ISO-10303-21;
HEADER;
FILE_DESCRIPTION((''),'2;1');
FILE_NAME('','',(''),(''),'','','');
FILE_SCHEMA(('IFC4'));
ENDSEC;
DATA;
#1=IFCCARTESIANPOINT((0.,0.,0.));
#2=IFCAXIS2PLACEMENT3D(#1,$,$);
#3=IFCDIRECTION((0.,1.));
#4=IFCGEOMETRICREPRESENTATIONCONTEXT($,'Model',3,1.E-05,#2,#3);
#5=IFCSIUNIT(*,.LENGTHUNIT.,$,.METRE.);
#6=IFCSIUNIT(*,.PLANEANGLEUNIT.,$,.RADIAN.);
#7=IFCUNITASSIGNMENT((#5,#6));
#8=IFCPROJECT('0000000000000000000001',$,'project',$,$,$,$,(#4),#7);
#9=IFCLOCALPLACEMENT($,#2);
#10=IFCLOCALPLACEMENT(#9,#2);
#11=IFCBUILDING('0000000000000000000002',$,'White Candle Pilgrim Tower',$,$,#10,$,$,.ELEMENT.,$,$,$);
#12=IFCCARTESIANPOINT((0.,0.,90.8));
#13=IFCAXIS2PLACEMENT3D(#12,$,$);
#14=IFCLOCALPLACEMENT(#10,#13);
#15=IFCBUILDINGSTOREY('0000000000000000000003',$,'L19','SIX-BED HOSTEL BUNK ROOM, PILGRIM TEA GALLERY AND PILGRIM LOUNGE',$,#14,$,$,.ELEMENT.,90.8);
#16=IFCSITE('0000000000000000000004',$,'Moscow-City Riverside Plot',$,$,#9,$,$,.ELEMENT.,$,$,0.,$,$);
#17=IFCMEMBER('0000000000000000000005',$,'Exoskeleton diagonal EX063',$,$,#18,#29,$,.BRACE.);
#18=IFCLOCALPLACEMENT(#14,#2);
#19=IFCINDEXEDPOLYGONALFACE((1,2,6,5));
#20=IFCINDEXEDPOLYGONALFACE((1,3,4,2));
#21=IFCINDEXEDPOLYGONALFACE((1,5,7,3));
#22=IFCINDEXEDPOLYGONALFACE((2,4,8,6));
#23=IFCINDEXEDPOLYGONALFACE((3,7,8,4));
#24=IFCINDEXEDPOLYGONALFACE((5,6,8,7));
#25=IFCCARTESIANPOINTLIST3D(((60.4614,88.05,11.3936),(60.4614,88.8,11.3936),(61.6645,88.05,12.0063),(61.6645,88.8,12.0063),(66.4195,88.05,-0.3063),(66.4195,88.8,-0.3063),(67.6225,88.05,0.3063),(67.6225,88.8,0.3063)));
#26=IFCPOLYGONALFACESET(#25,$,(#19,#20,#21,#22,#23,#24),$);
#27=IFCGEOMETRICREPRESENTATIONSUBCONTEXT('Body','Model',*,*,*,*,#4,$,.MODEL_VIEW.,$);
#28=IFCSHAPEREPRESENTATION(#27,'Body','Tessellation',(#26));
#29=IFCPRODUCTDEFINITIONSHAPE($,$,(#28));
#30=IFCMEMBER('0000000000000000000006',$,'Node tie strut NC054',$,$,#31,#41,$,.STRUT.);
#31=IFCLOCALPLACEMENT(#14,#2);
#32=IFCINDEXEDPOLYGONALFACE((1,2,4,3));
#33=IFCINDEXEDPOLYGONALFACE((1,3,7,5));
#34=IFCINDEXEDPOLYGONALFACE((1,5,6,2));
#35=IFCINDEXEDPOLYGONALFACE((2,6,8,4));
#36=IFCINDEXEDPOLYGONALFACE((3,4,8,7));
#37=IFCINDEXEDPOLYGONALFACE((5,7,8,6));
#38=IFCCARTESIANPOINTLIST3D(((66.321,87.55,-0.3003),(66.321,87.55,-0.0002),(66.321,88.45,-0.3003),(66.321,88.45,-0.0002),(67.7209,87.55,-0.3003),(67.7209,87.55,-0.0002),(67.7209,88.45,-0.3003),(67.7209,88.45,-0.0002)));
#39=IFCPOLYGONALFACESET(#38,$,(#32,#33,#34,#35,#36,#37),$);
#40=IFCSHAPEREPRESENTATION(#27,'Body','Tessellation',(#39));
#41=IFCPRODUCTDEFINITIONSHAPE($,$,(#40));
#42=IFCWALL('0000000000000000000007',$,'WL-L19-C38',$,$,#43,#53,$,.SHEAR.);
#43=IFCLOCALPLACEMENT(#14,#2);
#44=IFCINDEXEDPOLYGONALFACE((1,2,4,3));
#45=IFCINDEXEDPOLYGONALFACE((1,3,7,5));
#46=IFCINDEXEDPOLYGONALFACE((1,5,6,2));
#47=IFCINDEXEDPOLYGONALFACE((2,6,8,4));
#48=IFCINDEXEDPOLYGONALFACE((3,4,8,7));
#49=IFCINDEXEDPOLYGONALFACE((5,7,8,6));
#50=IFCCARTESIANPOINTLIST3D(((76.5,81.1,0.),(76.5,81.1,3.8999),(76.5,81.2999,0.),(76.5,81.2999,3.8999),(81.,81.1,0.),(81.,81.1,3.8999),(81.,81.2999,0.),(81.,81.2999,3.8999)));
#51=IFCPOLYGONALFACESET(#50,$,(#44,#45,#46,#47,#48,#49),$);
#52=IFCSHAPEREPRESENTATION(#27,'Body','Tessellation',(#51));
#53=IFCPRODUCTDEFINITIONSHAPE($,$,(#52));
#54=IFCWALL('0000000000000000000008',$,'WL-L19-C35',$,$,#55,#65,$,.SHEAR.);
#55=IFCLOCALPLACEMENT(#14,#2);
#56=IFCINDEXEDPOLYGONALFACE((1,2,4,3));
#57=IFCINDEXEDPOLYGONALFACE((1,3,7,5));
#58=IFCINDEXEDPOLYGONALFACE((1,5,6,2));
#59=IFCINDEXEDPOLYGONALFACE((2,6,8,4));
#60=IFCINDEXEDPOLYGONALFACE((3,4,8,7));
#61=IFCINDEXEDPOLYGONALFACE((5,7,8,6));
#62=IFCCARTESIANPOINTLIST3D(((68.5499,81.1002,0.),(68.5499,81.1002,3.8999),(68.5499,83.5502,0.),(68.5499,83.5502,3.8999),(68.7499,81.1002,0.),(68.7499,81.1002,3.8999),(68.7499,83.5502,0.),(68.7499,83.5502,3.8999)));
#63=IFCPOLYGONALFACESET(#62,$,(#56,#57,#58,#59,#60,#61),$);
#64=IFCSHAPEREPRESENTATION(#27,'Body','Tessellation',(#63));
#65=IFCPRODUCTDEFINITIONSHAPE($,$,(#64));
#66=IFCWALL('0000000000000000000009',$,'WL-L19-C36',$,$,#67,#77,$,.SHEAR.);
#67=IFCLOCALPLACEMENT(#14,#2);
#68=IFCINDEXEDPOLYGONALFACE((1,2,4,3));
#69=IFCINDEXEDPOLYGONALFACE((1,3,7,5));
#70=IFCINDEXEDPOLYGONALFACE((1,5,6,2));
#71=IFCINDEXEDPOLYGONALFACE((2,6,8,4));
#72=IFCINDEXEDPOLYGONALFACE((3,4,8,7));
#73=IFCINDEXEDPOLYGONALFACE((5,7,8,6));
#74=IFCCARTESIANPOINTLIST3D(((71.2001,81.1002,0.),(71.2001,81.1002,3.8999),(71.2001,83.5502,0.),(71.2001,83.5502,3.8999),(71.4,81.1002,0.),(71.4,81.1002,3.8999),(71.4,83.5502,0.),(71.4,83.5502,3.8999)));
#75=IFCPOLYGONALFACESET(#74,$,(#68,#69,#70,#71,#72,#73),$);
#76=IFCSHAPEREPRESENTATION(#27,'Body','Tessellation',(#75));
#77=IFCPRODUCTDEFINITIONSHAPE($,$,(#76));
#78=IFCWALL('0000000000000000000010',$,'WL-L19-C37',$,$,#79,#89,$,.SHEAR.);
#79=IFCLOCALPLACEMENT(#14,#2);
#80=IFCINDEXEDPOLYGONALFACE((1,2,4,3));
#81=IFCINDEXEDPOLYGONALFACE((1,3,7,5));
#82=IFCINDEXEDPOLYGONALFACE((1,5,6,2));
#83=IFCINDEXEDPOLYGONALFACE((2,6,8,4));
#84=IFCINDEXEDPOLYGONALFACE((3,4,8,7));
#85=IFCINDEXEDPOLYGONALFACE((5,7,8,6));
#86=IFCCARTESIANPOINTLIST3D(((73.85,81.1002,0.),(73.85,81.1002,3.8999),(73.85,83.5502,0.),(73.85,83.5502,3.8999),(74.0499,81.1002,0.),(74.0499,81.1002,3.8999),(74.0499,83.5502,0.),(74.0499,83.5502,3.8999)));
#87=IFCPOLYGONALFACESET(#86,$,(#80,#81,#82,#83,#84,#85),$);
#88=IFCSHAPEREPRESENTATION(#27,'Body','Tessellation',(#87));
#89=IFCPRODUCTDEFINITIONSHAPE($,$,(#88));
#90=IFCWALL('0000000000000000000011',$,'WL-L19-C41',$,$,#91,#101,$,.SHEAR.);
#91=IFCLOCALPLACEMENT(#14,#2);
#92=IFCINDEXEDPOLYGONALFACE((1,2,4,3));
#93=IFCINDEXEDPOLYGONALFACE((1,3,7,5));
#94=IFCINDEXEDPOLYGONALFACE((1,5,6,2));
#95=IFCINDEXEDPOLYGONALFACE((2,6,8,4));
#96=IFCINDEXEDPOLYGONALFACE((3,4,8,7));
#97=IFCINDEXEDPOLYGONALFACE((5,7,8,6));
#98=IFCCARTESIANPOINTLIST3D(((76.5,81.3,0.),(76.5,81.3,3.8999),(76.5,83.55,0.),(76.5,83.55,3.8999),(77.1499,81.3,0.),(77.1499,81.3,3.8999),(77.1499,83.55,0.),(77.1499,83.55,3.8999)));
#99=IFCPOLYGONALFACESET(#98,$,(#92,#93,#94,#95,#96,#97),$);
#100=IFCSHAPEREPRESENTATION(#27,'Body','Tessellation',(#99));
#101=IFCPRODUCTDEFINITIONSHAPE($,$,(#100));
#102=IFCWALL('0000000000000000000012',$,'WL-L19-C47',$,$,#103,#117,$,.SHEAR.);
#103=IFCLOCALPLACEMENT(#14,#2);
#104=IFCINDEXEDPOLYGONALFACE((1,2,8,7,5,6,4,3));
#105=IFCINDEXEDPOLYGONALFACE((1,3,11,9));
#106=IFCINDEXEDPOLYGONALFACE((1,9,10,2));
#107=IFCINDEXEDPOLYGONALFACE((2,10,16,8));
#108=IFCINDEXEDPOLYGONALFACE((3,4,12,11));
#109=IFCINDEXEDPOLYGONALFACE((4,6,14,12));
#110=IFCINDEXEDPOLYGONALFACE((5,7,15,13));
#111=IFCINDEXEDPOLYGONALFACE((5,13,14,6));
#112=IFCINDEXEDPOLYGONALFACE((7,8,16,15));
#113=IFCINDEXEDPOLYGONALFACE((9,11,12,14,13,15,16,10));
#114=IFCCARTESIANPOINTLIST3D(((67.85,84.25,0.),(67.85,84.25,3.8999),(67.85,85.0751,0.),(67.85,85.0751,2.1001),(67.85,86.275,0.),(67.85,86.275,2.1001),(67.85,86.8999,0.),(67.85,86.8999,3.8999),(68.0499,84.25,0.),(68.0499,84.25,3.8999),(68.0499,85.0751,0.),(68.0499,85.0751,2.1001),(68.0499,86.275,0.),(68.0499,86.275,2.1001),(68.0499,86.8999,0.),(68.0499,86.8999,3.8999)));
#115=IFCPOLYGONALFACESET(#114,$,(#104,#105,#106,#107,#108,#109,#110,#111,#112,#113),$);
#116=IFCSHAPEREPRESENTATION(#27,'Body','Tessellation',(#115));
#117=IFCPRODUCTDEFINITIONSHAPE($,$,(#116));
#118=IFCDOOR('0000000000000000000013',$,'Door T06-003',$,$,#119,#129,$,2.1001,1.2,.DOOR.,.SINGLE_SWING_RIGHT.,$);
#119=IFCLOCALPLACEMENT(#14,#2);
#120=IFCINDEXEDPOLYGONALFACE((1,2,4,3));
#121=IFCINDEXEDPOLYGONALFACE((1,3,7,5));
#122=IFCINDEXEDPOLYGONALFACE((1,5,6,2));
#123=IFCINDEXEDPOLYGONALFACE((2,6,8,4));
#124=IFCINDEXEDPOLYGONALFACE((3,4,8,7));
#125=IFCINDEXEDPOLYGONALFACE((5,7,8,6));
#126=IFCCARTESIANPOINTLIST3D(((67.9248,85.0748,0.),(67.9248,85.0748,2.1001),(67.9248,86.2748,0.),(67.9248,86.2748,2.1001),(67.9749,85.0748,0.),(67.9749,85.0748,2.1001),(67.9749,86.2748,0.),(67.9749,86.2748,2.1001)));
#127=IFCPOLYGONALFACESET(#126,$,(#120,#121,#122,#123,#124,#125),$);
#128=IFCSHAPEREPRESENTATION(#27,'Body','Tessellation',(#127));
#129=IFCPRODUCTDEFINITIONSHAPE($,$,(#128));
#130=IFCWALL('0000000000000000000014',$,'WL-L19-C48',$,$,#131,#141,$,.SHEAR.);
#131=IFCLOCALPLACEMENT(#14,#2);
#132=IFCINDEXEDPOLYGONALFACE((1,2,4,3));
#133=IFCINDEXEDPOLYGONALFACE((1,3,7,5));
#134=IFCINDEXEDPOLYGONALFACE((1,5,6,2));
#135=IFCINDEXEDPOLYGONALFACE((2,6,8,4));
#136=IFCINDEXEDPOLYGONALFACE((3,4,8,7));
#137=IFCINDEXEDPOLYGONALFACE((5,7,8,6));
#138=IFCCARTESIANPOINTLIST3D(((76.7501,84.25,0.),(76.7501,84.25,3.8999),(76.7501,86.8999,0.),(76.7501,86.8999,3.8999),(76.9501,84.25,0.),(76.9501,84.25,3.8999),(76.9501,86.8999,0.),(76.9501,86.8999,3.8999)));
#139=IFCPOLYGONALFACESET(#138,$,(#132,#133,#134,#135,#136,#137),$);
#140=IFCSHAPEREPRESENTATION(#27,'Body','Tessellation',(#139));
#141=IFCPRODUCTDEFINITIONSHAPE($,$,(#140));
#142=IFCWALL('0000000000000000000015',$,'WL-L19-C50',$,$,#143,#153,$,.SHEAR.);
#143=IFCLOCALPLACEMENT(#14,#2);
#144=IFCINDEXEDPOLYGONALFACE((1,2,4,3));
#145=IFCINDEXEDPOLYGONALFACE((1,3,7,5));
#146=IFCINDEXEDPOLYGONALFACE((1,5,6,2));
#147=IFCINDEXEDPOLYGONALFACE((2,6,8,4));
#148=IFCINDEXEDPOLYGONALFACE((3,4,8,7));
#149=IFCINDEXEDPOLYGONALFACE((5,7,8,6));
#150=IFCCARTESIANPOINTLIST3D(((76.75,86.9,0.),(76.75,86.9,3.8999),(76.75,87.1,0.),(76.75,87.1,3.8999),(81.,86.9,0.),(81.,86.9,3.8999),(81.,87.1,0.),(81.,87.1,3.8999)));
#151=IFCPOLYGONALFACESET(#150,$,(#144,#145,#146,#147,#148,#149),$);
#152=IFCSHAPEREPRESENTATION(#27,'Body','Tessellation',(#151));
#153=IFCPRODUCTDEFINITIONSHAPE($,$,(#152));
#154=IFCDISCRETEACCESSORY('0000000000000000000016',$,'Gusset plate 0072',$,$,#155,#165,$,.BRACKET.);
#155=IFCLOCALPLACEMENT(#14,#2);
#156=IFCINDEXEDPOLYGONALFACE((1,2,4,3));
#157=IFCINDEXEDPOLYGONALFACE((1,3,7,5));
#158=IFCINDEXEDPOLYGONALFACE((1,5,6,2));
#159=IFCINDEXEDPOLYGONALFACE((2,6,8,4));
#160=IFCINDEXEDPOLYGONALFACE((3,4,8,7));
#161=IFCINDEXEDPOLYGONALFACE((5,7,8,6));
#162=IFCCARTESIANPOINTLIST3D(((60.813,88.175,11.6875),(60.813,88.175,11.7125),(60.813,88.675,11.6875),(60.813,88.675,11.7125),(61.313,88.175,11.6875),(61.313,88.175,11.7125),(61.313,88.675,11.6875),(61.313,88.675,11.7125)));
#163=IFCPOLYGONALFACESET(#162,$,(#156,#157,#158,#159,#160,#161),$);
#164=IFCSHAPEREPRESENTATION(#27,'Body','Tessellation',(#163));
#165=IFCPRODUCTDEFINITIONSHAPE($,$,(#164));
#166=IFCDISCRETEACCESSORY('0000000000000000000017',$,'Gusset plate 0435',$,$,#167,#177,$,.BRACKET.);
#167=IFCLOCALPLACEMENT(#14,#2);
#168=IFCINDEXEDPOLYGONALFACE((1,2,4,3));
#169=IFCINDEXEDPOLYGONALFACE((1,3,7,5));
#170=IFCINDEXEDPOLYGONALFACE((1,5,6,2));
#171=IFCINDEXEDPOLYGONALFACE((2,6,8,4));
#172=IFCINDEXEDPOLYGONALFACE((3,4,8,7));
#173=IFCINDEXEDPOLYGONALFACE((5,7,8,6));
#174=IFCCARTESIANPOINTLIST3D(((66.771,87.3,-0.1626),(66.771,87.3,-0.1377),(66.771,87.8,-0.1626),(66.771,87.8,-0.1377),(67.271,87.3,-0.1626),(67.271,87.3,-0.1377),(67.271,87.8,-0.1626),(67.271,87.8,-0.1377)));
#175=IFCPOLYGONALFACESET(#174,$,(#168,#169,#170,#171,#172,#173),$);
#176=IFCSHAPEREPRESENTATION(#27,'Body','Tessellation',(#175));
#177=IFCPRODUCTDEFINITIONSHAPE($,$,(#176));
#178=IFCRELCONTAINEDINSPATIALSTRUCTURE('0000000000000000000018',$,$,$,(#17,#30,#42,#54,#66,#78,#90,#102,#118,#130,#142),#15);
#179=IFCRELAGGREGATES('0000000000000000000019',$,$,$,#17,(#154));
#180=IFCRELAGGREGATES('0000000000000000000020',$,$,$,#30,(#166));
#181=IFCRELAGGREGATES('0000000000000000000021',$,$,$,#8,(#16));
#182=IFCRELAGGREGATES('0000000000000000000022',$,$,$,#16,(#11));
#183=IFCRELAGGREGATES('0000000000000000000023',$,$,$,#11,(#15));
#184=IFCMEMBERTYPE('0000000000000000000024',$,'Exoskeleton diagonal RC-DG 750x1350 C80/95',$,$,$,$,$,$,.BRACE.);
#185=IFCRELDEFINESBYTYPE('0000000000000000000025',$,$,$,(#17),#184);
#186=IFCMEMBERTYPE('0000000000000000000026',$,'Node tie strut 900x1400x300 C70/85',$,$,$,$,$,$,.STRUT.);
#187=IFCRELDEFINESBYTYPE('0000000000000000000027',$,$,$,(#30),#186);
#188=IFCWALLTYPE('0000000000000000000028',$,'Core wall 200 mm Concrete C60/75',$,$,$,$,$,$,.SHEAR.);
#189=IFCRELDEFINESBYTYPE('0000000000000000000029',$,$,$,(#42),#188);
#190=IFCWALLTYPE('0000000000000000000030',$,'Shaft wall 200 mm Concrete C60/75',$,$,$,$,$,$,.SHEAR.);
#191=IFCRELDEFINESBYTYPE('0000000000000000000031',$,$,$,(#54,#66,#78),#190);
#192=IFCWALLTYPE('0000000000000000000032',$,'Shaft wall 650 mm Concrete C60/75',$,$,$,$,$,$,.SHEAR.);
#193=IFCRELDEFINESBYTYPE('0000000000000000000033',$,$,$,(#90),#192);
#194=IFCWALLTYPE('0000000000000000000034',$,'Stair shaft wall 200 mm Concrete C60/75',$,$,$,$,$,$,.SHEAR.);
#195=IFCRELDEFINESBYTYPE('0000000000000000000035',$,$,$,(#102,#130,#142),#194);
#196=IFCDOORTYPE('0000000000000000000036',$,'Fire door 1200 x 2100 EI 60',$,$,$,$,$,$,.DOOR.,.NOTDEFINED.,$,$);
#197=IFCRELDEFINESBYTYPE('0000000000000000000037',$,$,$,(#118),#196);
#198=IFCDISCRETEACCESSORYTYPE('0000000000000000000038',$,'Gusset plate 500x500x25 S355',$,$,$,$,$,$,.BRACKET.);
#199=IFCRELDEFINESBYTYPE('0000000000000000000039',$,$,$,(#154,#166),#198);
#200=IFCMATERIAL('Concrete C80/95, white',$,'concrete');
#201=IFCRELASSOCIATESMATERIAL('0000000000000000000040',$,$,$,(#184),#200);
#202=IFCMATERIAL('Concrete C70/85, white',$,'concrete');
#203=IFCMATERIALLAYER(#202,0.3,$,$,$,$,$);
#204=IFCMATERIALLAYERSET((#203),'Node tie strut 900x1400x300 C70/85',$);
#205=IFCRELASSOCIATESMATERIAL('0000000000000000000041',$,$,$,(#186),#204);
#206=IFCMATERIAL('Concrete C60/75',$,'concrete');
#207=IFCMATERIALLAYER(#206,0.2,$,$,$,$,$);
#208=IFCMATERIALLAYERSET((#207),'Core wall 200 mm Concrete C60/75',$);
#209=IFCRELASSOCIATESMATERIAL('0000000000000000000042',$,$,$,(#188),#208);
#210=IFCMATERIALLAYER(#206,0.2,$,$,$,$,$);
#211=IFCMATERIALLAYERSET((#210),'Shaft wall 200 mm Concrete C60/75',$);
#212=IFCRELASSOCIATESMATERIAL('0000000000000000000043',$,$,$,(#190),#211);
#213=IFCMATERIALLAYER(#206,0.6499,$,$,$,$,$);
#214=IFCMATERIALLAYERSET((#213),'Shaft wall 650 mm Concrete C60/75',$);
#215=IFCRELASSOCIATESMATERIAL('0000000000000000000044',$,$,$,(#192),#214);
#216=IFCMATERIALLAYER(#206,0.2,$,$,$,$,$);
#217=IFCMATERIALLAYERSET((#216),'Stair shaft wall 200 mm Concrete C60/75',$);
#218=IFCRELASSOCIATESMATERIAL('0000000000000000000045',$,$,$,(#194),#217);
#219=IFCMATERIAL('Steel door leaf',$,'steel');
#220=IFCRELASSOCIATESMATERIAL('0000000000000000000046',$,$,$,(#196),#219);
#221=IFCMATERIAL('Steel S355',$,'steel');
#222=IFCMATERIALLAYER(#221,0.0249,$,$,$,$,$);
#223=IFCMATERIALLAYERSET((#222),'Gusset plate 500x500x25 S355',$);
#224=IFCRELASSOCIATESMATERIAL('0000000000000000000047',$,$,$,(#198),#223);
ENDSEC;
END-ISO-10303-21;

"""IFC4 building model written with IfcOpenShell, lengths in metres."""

from ifc_helpers import new_model, si_unit, direction, frame, frame_2d, origin, origin_2d, place, context, subcontext, project, spatial, rectangle, extrude, material, layer, layer_set, material_profile, profile_set, type_object, element, fill, aggregate, save


model = new_model("IFC4")

# Units and contexts
model_context = context("Model", 3, precision=1e-05, world=origin(), true_north=direction((0.0, 1.0)))
body_context = subcontext(model_context, "Body", "Model", "MODEL_VIEW")
ifc_project = project(units=[si_unit("LENGTHUNIT", "METRE"), si_unit("PLANEANGLEUNIT", "RADIAN")], contexts=[model_context])

# Site, building, storey
site_placement = place(None, origin())
site = spatial("IfcSite", under=ifc_project, at=site_placement, Name="Moscow-City Riverside Plot", CompositionType="ELEMENT", RefElevation=0.0)
building_placement = place(site_placement, origin())
building = spatial("IfcBuilding", under=site, at=building_placement, Name="White Candle Pilgrim Tower", CompositionType="ELEMENT")
storey_placement = place(building_placement, frame((0.0, 0.0, 90.8)))
storey = spatial("IfcBuildingStorey", under=building, at=storey_placement, Name="L19", Description="SIX-BED HOSTEL BUNK ROOM, PILGRIM TEA GALLERY AND PILGRIM LOUNGE", CompositionType="ELEMENT", Elevation=90.8)

# Members
ifc_material_1 = material(Name="Concrete C80/95, white", Category="concrete")
ifc_material_profile = material_profile(ifc_material_1, rectangle(XDim=0.75, YDim=1.3501, at=origin_2d()), Name="RC-DG 750x1350")
ifc_profile_set = profile_set([ifc_material_profile], Name="Concrete C80/95, white")
member_type_1 = type_object("IfcMemberType", Name="Exoskeleton diagonal RC-DG 750x1350 C80/95", PredefinedType="BRACE", material=ifc_profile_set)
member_1_placement = place(storey_placement, frame((67.021, 88.425, 0.0), z_axis=(-0.453784, 0.0, 0.891112), x_axis=(0.0, -1.0, 0.0)))
member_1 = element("IfcMember", 1, at=member_1_placement, inside=storey, type_object=member_type_1, Name="Exoskeleton diagonal EX063", PredefinedType="BRACE", context=body_context, shape_type="SweptSolid", body=[
    extrude(rectangle(XDim=0.75, YDim=1.3501, at=origin_2d()), origin(), (0.0, 0.0, 1.0), 13.1296),
])
ifc_material_2 = material(Name="Concrete C70/85, white", Category="concrete")
ifc_layer_1 = layer(ifc_material_2, 0.3)
ifc_layer_set_1 = layer_set([ifc_layer_1], Name="Node tie strut 900x1400x300 C70/85")
member_type_2 = type_object("IfcMemberType", Name="Node tie strut 900x1400x300 C70/85", PredefinedType="STRUT", material=ifc_layer_set_1)
member_2_placement = place(storey_placement, frame((67.021, 88.0, -0.3003), z_axis=(0.0, 0.0, 1.0), x_axis=(-1.0, 0.0, 0.0)))
member_2 = element("IfcMember", 2, at=member_2_placement, inside=storey, type_object=member_type_2, Name="Node tie strut NC054", PredefinedType="STRUT", context=body_context, shape_type="SweptSolid", body=[
    extrude(rectangle(XDim=1.3999, YDim=0.8999, at=origin_2d()), origin(), (0.0, 0.0, 1.0), 0.3),
])

# Walls
ifc_material_3 = material(Name="Concrete C60/75", Category="concrete")
ifc_layer_2 = layer(ifc_material_3, 0.2)
ifc_layer_set_2 = layer_set([ifc_layer_2], Name="Core wall 200 mm Concrete C60/75")
wall_type_1 = type_object("IfcWallType", Name="Core wall 200 mm Concrete C60/75", PredefinedType="SHEAR", material=ifc_layer_set_2)
wall_1_placement = place(storey_placement, frame((76.5, 81.2, 0.0), z_axis=(0.0, 0.0, 1.0), x_axis=(1.0, 0.0, 0.0)))
element("IfcWall", 3, at=wall_1_placement, inside=storey, type_object=wall_type_1, Name="WL-L19-C38", PredefinedType="SHEAR", context=body_context, shape_type="SweptSolid", body=[
    extrude(rectangle(XDim=4.5, YDim=0.2, at=frame_2d((2.25, 0.0))), origin(), (0.0, 0.0, 1.0), 3.8999),
])
ifc_layer_3 = layer(ifc_material_3, 0.2)
ifc_layer_set_3 = layer_set([ifc_layer_3], Name="Shaft wall 200 mm Concrete C60/75")
wall_type_2 = type_object("IfcWallType", Name="Shaft wall 200 mm Concrete C60/75", PredefinedType="SHEAR", material=ifc_layer_set_3)
for number, where, z_axis, x_axis, name in (
    (4, (68.6499, 81.1001, 0.0), (0.0, 0.0, 1.0), (0.0, 1.0, 0.0), "WL-L19-C35"),
    (5, (71.3, 81.1001, 0.0), (0.0, 0.0, 1.0), (0.0, 1.0, 0.0), "WL-L19-C36"),
    (6, (73.95, 81.1001, 0.0), (0.0, 0.0, 1.0), (0.0, 1.0, 0.0), "WL-L19-C37"),
):
    element("IfcWall", number, at=place(storey_placement, frame(where, z_axis=z_axis, x_axis=x_axis)), inside=storey, type_object=wall_type_2, Name=name, PredefinedType="SHEAR", context=body_context, shape_type="SweptSolid", body=[
        extrude(rectangle(XDim=2.45, YDim=0.2, at=frame_2d((1.2251, 0.0))), origin(), (0.0, 0.0, 1.0), 3.8999),
    ])
ifc_layer_4 = layer(ifc_material_3, 0.6499)
ifc_layer_set_4 = layer_set([ifc_layer_4], Name="Shaft wall 650 mm Concrete C60/75")
wall_type_3 = type_object("IfcWallType", Name="Shaft wall 650 mm Concrete C60/75", PredefinedType="SHEAR", material=ifc_layer_set_4)
wall_2_placement = place(storey_placement, frame((76.825, 81.3, 0.0), z_axis=(0.0, 0.0, 1.0), x_axis=(0.0, 1.0, 0.0)))
element("IfcWall", 7, at=wall_2_placement, inside=storey, type_object=wall_type_3, Name="WL-L19-C41", PredefinedType="SHEAR", context=body_context, shape_type="SweptSolid", body=[
    extrude(rectangle(XDim=2.25, YDim=0.6499, at=frame_2d((1.125, 0.0))), origin(), (0.0, 0.0, 1.0), 3.8999),
])

# Wall, opening, door
ifc_layer_5 = layer(ifc_material_3, 0.2)
ifc_layer_set_5 = layer_set([ifc_layer_5], Name="Stair shaft wall 200 mm Concrete C60/75")
wall_type_4 = type_object("IfcWallType", Name="Stair shaft wall 200 mm Concrete C60/75", PredefinedType="SHEAR", material=ifc_layer_set_5)
wall_3_placement = place(storey_placement, frame((67.95, 84.25, 0.0), z_axis=(0.0, 0.0, 1.0), x_axis=(0.0, 1.0, 0.0)))
wall_3 = element("IfcWall", 8, at=wall_3_placement, inside=storey, type_object=wall_type_4, Name="WL-L19-C47", PredefinedType="SHEAR", context=body_context, shape_type="SweptSolid", body=[
    extrude(rectangle(XDim=2.6499, YDim=0.2, at=frame_2d((1.325, 0.0))), origin(), (0.0, 0.0, 1.0), 3.8999),
])
opening_placement = place(wall_3_placement, frame((0.825, 0.0, 0.0)))
opening = element("IfcOpeningElement", 9, at=opening_placement, cuts=wall_3, PredefinedType="OPENING", context=body_context, shape_type="SweptSolid", body=[
    extrude(rectangle(XDim=1.2, YDim=2.1001, at=frame_2d((0.6001, 1.05))), frame((0.0, 0.1099, 0.0), z_axis=(0.0, -1.0, 0.0), x_axis=(1.0, 0.0, 0.0)), (0.0, 0.0, 1.0), 0.22),
])
ifc_material_4 = material(Name="Steel door leaf", Category="steel")
door_type = type_object("IfcDoorType", Name="Fire door 1200 x 2100 EI 60", OperationType="NOTDEFINED", PredefinedType="DOOR", material=ifc_material_4)
door_placement = place(opening_placement, frame((1.2, 0.0, 0.0), z_axis=(0.0, 0.0, 1.0), x_axis=(-1.0, 0.0, 0.0)))
door = element("IfcDoor", 10, at=door_placement, inside=storey, type_object=door_type, Name="Door T06-003", OperationType="SINGLE_SWING_RIGHT", OverallHeight=2.1001, OverallWidth=1.2, PredefinedType="DOOR", context=body_context, shape_type="SweptSolid", body=[
    extrude(rectangle(XDim=1.2, YDim=2.1001, at=frame_2d((0.6001, 1.05))), frame((0.0, 0.0249, 0.0), z_axis=(0.0, -1.0, 0.0), x_axis=(1.0, 0.0, 0.0)), (0.0, 0.0, 1.0), 0.05),
])
fill(opening, door)

# Walls
wall_4_placement = place(storey_placement, frame((76.8501, 84.25, 0.0), z_axis=(0.0, 0.0, 1.0), x_axis=(0.0, 1.0, 0.0)))
element("IfcWall", 11, at=wall_4_placement, inside=storey, type_object=wall_type_4, Name="WL-L19-C48", PredefinedType="SHEAR", context=body_context, shape_type="SweptSolid", body=[
    extrude(rectangle(XDim=2.6499, YDim=0.2, at=frame_2d((1.325, 0.0))), origin(), (0.0, 0.0, 1.0), 3.8999),
])
wall_5_placement = place(storey_placement, frame((76.75, 87.0, 0.0), z_axis=(0.0, 0.0, 1.0), x_axis=(1.0, 0.0, 0.0)))
element("IfcWall", 12, at=wall_5_placement, inside=storey, type_object=wall_type_4, Name="WL-L19-C50", PredefinedType="SHEAR", context=body_context, shape_type="SweptSolid", body=[
    extrude(rectangle(XDim=4.25, YDim=0.2, at=frame_2d((2.125, 0.0))), origin(), (0.0, 0.0, 1.0), 3.8999),
])

# Discrete accessories
ifc_material_5 = material(Name="Steel S355", Category="steel")
ifc_layer_6 = layer(ifc_material_5, 0.0249)
ifc_layer_set_6 = layer_set([ifc_layer_6], Name="Gusset plate 500x500x25 S355")
discrete_accessory_type = type_object("IfcDiscreteAccessoryType", Name="Gusset plate 500x500x25 S355", PredefinedType="BRACKET", material=ifc_layer_set_6)
placement = place(building_placement, frame((0.0, 0.0, 102.5)))
discrete_accessory_1_placement = place(placement, frame((61.063, 88.425, -0.0125), z_axis=(0.0, 0.0, 1.0), x_axis=(1.0, 0.0, 0.0)))
discrete_accessory_1 = element("IfcDiscreteAccessory", 13, at=discrete_accessory_1_placement, type_object=discrete_accessory_type, Name="Gusset plate 0072", PredefinedType="BRACKET", context=body_context, shape_type="SweptSolid", body=[
    extrude(rectangle(XDim=0.5, YDim=0.5, at=origin_2d()), origin(), (0.0, 0.0, 1.0), 0.0249),
])
aggregate(member_1, [discrete_accessory_1])
discrete_accessory_2_placement = place(storey_placement, frame((67.021, 87.55, -0.1626), z_axis=(0.0, 0.0, 1.0), x_axis=(1.0, 0.0, 0.0)))
discrete_accessory_2 = element("IfcDiscreteAccessory", 14, at=discrete_accessory_2_placement, type_object=discrete_accessory_type, Name="Gusset plate 0435", PredefinedType="BRACKET", context=body_context, shape_type="SweptSolid", body=[
    extrude(rectangle(XDim=0.5, YDim=0.5, at=origin_2d()), origin(), (0.0, 0.0, 1.0), 0.0249),
])
aggregate(member_2, [discrete_accessory_2])

save(model, "model.ifc")
